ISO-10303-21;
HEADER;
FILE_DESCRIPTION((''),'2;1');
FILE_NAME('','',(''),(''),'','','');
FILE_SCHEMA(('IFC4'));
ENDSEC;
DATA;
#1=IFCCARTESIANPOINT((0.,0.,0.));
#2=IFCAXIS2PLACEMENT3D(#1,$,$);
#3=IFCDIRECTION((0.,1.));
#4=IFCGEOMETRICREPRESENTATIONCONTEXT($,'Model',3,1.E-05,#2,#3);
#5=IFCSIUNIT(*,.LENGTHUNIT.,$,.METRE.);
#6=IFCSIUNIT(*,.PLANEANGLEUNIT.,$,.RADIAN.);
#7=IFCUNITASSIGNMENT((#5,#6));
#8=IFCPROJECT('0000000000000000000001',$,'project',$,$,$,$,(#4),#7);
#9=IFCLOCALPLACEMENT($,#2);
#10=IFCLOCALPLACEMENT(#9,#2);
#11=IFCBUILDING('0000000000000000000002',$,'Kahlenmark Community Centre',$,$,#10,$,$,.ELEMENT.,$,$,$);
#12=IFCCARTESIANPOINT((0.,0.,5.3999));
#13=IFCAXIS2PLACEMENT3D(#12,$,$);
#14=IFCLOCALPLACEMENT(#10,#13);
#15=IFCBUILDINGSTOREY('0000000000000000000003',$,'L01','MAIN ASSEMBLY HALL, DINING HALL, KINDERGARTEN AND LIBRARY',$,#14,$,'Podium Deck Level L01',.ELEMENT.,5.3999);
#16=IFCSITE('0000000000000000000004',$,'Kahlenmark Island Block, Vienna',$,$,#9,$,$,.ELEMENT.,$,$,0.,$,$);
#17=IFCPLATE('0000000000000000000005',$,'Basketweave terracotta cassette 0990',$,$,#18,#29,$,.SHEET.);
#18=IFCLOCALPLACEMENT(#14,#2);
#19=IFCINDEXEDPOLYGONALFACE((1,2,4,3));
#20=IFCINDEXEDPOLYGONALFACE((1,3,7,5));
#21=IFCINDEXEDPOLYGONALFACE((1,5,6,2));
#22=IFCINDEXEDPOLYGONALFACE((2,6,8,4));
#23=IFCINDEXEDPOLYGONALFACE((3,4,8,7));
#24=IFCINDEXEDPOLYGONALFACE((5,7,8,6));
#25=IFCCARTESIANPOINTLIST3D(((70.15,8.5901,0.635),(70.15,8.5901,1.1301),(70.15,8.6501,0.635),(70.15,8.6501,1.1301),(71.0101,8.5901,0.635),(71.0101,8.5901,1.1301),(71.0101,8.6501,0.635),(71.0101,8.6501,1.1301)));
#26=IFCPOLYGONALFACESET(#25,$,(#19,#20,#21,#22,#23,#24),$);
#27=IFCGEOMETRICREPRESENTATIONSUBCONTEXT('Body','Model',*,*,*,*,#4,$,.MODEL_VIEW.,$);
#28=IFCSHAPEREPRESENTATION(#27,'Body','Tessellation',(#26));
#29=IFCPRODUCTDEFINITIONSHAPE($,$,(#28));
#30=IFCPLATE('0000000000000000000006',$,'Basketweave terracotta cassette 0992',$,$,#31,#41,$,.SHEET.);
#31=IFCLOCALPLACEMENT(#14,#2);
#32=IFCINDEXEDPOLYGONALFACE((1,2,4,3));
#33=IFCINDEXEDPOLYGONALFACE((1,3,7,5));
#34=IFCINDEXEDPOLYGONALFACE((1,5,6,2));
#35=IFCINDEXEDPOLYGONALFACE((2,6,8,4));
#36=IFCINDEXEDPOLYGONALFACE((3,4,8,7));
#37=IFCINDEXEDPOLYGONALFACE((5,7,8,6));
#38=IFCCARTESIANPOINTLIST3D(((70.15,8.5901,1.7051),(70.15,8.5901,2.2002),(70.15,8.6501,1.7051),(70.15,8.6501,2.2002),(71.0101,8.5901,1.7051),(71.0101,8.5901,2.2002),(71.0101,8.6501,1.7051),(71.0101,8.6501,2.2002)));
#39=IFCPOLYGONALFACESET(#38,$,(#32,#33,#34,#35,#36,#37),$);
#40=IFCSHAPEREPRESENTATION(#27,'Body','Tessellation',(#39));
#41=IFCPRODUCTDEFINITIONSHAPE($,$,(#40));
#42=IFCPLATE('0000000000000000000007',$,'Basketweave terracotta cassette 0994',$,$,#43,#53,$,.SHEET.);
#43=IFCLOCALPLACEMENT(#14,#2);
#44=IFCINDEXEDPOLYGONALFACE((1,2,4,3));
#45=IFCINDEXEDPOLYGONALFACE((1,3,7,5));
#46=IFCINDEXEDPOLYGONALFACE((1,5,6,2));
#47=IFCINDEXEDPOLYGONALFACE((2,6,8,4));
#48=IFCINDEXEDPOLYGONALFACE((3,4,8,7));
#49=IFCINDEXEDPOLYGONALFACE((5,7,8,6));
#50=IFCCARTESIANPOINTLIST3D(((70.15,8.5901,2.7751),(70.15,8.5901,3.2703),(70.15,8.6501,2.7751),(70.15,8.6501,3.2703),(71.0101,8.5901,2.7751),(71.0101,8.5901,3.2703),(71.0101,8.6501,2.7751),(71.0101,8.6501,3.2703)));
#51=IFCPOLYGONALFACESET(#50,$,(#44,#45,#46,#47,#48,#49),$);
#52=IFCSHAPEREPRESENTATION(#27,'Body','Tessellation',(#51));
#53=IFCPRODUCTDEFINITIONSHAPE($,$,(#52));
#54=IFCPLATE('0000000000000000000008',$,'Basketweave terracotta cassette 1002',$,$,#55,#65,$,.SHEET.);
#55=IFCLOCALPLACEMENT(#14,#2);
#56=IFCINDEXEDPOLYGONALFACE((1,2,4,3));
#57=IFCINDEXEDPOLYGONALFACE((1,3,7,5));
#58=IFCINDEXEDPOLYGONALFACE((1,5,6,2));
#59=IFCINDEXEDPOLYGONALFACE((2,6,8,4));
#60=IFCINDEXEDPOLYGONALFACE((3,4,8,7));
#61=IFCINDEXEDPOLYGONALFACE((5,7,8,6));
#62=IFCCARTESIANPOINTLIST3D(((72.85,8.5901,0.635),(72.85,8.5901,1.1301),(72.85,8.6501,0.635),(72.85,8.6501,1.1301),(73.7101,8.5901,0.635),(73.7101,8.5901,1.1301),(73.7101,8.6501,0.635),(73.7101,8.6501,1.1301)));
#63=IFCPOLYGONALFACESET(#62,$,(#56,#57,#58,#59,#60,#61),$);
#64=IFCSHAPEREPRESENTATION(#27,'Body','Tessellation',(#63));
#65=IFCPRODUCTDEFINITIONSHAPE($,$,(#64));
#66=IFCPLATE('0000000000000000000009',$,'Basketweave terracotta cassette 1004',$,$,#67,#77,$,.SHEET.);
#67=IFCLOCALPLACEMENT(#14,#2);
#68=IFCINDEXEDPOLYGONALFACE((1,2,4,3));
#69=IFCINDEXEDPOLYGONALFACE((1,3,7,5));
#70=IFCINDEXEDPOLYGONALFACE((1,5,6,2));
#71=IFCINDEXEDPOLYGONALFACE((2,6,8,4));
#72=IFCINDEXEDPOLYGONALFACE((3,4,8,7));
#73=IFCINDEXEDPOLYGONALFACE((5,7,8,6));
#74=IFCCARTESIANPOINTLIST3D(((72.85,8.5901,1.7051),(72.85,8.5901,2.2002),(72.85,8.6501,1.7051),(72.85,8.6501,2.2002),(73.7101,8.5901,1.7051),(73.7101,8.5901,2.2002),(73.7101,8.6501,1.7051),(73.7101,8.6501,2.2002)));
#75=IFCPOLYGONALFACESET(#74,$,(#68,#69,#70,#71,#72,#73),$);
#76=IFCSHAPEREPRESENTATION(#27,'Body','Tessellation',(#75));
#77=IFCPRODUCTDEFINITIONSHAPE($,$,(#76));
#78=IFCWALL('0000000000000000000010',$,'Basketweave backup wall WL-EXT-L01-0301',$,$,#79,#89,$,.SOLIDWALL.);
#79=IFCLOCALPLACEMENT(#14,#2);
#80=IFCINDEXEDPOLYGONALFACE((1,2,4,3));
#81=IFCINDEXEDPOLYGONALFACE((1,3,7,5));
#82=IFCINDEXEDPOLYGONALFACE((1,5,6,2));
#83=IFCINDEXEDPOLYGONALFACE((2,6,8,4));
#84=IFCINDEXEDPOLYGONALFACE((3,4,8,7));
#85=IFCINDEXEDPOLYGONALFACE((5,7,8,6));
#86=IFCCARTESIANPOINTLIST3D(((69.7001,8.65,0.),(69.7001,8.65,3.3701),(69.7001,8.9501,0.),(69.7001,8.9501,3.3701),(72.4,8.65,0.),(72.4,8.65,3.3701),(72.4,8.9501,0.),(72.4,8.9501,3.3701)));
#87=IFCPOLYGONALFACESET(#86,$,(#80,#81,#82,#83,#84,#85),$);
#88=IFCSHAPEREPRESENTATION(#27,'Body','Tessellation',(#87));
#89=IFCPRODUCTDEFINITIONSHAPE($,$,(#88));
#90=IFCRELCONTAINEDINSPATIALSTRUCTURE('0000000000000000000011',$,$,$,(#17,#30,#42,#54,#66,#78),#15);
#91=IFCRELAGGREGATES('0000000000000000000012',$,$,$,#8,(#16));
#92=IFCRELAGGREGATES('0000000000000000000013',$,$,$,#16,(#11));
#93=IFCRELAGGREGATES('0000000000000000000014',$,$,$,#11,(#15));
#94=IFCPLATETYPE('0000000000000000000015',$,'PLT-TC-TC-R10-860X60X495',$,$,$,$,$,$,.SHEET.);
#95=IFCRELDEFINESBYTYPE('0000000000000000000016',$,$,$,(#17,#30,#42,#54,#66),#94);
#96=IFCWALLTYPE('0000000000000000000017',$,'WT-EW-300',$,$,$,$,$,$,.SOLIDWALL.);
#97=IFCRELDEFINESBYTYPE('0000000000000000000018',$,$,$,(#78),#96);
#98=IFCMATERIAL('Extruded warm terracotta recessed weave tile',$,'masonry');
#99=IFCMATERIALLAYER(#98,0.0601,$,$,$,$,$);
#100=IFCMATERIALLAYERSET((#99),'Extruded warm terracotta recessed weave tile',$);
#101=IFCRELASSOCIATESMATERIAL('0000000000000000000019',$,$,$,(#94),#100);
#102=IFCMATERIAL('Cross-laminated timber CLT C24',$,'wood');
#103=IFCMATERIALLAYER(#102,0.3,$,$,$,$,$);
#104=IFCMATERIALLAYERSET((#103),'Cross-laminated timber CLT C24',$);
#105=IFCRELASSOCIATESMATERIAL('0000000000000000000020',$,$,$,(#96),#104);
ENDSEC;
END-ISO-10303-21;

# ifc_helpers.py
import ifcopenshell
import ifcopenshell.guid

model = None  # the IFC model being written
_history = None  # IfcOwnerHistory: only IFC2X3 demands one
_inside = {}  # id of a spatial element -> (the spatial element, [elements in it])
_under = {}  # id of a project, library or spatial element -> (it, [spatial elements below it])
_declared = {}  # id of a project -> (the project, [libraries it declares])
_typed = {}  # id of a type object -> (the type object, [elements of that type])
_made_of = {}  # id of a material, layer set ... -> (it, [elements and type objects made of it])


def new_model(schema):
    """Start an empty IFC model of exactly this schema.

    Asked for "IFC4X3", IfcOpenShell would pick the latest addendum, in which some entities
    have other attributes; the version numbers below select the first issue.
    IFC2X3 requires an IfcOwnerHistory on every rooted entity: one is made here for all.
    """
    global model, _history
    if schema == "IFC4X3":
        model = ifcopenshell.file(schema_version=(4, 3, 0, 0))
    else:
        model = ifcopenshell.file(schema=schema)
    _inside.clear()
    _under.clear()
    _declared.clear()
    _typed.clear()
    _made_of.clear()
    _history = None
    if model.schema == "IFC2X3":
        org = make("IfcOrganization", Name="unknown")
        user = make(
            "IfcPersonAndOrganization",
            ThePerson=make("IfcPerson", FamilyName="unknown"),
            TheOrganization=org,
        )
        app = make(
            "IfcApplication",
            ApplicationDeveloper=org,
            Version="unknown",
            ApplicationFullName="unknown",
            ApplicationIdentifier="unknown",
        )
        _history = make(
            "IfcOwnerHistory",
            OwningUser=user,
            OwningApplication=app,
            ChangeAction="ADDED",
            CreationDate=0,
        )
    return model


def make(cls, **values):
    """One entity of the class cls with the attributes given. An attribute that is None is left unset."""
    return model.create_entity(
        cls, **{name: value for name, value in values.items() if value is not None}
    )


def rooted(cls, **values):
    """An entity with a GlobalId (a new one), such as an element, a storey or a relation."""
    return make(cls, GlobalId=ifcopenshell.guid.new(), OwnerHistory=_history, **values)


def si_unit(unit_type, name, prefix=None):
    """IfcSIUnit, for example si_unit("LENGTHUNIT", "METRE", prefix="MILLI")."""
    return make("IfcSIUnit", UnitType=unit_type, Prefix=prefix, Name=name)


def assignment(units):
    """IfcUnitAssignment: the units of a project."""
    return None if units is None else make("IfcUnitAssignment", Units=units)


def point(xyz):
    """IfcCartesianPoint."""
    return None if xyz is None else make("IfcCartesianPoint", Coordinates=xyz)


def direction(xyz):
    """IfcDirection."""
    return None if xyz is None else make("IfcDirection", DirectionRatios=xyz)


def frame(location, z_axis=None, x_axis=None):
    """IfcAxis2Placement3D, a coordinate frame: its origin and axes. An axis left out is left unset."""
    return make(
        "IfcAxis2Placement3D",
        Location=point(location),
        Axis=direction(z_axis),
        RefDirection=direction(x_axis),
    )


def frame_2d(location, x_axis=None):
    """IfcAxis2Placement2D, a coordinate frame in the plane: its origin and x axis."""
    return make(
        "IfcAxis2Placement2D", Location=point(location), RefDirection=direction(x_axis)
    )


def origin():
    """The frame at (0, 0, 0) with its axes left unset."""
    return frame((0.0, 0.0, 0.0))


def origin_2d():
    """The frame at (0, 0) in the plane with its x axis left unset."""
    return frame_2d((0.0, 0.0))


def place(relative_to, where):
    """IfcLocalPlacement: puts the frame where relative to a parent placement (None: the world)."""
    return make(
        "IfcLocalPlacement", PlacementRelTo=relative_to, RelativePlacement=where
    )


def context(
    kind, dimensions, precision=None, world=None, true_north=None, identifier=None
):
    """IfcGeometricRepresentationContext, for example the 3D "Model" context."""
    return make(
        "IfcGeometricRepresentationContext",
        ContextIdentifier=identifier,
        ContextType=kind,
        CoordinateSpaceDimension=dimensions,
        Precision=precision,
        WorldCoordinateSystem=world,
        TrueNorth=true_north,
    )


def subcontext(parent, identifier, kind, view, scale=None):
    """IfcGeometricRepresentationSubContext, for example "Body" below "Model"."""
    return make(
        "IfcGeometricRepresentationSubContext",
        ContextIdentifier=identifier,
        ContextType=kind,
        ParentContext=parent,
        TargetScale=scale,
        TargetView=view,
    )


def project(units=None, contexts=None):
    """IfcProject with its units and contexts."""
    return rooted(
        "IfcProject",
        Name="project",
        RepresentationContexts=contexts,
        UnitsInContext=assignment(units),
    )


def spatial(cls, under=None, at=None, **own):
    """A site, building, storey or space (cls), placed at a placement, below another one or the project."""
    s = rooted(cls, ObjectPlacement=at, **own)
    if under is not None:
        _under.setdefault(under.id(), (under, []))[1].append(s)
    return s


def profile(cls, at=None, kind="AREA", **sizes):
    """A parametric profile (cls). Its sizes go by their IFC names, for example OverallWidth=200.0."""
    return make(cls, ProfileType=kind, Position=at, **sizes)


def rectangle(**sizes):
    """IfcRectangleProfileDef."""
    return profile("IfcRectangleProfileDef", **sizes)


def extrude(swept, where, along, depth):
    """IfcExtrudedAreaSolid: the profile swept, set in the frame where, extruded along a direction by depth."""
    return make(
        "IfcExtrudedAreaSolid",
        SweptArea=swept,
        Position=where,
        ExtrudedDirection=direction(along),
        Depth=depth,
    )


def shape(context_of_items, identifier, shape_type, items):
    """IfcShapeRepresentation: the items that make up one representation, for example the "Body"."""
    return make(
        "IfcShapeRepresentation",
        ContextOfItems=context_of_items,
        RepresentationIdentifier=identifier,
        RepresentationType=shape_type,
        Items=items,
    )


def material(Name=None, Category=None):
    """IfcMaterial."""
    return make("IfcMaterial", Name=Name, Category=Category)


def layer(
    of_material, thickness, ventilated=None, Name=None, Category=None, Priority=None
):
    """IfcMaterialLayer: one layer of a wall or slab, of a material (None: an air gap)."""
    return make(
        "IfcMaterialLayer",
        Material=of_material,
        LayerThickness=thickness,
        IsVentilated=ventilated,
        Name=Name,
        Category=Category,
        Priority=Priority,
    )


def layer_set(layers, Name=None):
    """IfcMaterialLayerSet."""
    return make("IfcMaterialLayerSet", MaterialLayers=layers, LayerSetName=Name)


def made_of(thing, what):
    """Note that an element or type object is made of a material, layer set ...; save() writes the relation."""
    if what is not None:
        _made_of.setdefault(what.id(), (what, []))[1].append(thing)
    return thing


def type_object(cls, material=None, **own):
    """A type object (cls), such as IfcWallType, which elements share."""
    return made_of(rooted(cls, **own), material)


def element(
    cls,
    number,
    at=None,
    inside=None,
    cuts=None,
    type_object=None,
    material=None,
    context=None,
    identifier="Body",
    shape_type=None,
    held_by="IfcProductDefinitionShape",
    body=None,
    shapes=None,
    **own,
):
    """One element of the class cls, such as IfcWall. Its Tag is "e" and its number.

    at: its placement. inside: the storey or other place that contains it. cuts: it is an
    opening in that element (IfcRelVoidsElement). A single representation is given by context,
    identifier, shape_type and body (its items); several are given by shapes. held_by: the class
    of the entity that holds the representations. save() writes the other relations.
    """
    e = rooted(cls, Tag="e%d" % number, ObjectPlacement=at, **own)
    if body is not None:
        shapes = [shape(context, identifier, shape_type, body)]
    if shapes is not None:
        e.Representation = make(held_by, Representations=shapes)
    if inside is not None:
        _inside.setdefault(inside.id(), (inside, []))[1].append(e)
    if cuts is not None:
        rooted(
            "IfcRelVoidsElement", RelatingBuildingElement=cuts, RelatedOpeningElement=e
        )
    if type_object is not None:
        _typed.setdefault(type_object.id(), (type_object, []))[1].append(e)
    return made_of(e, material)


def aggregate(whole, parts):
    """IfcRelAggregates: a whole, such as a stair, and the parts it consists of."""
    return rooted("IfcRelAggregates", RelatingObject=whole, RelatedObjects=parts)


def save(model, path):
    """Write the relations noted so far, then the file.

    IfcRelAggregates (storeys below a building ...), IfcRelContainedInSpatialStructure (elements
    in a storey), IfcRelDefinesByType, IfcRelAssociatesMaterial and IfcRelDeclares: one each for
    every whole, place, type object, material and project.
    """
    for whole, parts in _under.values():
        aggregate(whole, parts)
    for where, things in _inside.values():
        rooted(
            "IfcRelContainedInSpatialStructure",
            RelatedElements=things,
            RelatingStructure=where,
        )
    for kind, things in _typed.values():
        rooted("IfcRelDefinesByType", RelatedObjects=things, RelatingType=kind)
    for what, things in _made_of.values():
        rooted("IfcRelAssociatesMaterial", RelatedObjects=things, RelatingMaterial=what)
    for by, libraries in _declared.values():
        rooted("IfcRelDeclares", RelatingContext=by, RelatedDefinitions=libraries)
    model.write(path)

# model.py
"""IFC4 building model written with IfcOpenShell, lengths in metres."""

from ifc_helpers import new_model, si_unit, direction, frame, frame_2d, origin, origin_2d, place, context, subcontext, project, spatial, rectangle, extrude, material, layer, layer_set, type_object, element, save


model = new_model("IFC4")

# Units and contexts
model_context = context("Model", 3, precision=1e-05, world=origin(), true_north=direction((0.0, 1.0)))
body_context = subcontext(model_context, "Body", "Model", "MODEL_VIEW")
ifc_project = project(units=[si_unit("LENGTHUNIT", "METRE"), si_unit("PLANEANGLEUNIT", "RADIAN")], contexts=[model_context])

# Site, building, storey
site_placement = place(None, origin())
site = spatial("IfcSite", under=ifc_project, at=site_placement, Name="Kahlenmark Island Block, Vienna", CompositionType="ELEMENT", RefElevation=0.0)
building_placement = place(site_placement, origin())
building = spatial("IfcBuilding", under=site, at=building_placement, Name="Kahlenmark Community Centre", CompositionType="ELEMENT")
storey_placement = place(building_placement, frame((0.0, 0.0, 5.3999)))
storey = spatial("IfcBuildingStorey", under=building, at=storey_placement, Name="L01", Description="MAIN ASSEMBLY HALL, DINING HALL, KINDERGARTEN AND LIBRARY", LongName="Podium Deck Level L01", CompositionType="ELEMENT", Elevation=5.3999)

# Plates
ifc_material_1 = material(Name="Extruded warm terracotta recessed weave tile", Category="masonry")
ifc_layer_1 = layer(ifc_material_1, 0.0601)
ifc_layer_set_1 = layer_set([ifc_layer_1], Name="Extruded warm terracotta recessed weave tile")
plate_type_1 = type_object("IfcPlateType", Name="PLT-TC-TC-R10-860X60X495", PredefinedType="SHEET", material=ifc_layer_set_1)
for number, where, z_axis, x_axis, name in (
    (1, (70.5801, 8.6201, 0.635), (0.0, 0.0, 1.0), (1.0, 0.0, 0.0), "Basketweave terracotta cassette 0990"),
    (2, (70.5801, 8.6201, 1.7051), (0.0, 0.0, 1.0), (1.0, 0.0, 0.0), "Basketweave terracotta cassette 0992"),
    (3, (70.5801, 8.6201, 2.7751), (0.0, 0.0, 1.0), (1.0, 0.0, 0.0), "Basketweave terracotta cassette 0994"),
    (4, (73.28, 8.6201, 0.635), (0.0, 0.0, 1.0), (1.0, 0.0, 0.0), "Basketweave terracotta cassette 1002"),
    (5, (73.28, 8.6201, 1.7051), (0.0, 0.0, 1.0), (1.0, 0.0, 0.0), "Basketweave terracotta cassette 1004"),
):
    element("IfcPlate", number, at=place(storey_placement, frame(where, z_axis=z_axis, x_axis=x_axis)), inside=storey, type_object=plate_type_1, Name=name, PredefinedType="SHEET", context=body_context, shape_type="SweptSolid", body=[
        extrude(rectangle(XDim=0.8601, YDim=0.0601, at=origin_2d()), origin(), (0.0, 0.0, 1.0), 0.4951),
    ])

# Wall
ifc_material_2 = material(Name="Cross-laminated timber CLT C24", Category="wood")
ifc_layer_2 = layer(ifc_material_2, 0.3)
ifc_layer_set_2 = layer_set([ifc_layer_2], Name="Cross-laminated timber CLT C24")
wall_type = type_object("IfcWallType", Name="WT-EW-300", PredefinedType="SOLIDWALL", material=ifc_layer_set_2)
wall_placement = place(storey_placement, frame((69.7, 8.8, 0.0), z_axis=(0.0, 0.0, 1.0), x_axis=(1.0, 0.0, 0.0)))
element("IfcWall", 6, at=wall_placement, inside=storey, type_object=wall_type, Name="Basketweave backup wall WL-EXT-L01-0301", PredefinedType="SOLIDWALL", context=body_context, shape_type="SweptSolid", body=[
    extrude(rectangle(XDim=2.7, YDim=0.3, at=frame_2d((1.3501, 0.0))), origin(), (0.0, 0.0, 1.0), 3.3701),
])

save(model, "model.ifc")
